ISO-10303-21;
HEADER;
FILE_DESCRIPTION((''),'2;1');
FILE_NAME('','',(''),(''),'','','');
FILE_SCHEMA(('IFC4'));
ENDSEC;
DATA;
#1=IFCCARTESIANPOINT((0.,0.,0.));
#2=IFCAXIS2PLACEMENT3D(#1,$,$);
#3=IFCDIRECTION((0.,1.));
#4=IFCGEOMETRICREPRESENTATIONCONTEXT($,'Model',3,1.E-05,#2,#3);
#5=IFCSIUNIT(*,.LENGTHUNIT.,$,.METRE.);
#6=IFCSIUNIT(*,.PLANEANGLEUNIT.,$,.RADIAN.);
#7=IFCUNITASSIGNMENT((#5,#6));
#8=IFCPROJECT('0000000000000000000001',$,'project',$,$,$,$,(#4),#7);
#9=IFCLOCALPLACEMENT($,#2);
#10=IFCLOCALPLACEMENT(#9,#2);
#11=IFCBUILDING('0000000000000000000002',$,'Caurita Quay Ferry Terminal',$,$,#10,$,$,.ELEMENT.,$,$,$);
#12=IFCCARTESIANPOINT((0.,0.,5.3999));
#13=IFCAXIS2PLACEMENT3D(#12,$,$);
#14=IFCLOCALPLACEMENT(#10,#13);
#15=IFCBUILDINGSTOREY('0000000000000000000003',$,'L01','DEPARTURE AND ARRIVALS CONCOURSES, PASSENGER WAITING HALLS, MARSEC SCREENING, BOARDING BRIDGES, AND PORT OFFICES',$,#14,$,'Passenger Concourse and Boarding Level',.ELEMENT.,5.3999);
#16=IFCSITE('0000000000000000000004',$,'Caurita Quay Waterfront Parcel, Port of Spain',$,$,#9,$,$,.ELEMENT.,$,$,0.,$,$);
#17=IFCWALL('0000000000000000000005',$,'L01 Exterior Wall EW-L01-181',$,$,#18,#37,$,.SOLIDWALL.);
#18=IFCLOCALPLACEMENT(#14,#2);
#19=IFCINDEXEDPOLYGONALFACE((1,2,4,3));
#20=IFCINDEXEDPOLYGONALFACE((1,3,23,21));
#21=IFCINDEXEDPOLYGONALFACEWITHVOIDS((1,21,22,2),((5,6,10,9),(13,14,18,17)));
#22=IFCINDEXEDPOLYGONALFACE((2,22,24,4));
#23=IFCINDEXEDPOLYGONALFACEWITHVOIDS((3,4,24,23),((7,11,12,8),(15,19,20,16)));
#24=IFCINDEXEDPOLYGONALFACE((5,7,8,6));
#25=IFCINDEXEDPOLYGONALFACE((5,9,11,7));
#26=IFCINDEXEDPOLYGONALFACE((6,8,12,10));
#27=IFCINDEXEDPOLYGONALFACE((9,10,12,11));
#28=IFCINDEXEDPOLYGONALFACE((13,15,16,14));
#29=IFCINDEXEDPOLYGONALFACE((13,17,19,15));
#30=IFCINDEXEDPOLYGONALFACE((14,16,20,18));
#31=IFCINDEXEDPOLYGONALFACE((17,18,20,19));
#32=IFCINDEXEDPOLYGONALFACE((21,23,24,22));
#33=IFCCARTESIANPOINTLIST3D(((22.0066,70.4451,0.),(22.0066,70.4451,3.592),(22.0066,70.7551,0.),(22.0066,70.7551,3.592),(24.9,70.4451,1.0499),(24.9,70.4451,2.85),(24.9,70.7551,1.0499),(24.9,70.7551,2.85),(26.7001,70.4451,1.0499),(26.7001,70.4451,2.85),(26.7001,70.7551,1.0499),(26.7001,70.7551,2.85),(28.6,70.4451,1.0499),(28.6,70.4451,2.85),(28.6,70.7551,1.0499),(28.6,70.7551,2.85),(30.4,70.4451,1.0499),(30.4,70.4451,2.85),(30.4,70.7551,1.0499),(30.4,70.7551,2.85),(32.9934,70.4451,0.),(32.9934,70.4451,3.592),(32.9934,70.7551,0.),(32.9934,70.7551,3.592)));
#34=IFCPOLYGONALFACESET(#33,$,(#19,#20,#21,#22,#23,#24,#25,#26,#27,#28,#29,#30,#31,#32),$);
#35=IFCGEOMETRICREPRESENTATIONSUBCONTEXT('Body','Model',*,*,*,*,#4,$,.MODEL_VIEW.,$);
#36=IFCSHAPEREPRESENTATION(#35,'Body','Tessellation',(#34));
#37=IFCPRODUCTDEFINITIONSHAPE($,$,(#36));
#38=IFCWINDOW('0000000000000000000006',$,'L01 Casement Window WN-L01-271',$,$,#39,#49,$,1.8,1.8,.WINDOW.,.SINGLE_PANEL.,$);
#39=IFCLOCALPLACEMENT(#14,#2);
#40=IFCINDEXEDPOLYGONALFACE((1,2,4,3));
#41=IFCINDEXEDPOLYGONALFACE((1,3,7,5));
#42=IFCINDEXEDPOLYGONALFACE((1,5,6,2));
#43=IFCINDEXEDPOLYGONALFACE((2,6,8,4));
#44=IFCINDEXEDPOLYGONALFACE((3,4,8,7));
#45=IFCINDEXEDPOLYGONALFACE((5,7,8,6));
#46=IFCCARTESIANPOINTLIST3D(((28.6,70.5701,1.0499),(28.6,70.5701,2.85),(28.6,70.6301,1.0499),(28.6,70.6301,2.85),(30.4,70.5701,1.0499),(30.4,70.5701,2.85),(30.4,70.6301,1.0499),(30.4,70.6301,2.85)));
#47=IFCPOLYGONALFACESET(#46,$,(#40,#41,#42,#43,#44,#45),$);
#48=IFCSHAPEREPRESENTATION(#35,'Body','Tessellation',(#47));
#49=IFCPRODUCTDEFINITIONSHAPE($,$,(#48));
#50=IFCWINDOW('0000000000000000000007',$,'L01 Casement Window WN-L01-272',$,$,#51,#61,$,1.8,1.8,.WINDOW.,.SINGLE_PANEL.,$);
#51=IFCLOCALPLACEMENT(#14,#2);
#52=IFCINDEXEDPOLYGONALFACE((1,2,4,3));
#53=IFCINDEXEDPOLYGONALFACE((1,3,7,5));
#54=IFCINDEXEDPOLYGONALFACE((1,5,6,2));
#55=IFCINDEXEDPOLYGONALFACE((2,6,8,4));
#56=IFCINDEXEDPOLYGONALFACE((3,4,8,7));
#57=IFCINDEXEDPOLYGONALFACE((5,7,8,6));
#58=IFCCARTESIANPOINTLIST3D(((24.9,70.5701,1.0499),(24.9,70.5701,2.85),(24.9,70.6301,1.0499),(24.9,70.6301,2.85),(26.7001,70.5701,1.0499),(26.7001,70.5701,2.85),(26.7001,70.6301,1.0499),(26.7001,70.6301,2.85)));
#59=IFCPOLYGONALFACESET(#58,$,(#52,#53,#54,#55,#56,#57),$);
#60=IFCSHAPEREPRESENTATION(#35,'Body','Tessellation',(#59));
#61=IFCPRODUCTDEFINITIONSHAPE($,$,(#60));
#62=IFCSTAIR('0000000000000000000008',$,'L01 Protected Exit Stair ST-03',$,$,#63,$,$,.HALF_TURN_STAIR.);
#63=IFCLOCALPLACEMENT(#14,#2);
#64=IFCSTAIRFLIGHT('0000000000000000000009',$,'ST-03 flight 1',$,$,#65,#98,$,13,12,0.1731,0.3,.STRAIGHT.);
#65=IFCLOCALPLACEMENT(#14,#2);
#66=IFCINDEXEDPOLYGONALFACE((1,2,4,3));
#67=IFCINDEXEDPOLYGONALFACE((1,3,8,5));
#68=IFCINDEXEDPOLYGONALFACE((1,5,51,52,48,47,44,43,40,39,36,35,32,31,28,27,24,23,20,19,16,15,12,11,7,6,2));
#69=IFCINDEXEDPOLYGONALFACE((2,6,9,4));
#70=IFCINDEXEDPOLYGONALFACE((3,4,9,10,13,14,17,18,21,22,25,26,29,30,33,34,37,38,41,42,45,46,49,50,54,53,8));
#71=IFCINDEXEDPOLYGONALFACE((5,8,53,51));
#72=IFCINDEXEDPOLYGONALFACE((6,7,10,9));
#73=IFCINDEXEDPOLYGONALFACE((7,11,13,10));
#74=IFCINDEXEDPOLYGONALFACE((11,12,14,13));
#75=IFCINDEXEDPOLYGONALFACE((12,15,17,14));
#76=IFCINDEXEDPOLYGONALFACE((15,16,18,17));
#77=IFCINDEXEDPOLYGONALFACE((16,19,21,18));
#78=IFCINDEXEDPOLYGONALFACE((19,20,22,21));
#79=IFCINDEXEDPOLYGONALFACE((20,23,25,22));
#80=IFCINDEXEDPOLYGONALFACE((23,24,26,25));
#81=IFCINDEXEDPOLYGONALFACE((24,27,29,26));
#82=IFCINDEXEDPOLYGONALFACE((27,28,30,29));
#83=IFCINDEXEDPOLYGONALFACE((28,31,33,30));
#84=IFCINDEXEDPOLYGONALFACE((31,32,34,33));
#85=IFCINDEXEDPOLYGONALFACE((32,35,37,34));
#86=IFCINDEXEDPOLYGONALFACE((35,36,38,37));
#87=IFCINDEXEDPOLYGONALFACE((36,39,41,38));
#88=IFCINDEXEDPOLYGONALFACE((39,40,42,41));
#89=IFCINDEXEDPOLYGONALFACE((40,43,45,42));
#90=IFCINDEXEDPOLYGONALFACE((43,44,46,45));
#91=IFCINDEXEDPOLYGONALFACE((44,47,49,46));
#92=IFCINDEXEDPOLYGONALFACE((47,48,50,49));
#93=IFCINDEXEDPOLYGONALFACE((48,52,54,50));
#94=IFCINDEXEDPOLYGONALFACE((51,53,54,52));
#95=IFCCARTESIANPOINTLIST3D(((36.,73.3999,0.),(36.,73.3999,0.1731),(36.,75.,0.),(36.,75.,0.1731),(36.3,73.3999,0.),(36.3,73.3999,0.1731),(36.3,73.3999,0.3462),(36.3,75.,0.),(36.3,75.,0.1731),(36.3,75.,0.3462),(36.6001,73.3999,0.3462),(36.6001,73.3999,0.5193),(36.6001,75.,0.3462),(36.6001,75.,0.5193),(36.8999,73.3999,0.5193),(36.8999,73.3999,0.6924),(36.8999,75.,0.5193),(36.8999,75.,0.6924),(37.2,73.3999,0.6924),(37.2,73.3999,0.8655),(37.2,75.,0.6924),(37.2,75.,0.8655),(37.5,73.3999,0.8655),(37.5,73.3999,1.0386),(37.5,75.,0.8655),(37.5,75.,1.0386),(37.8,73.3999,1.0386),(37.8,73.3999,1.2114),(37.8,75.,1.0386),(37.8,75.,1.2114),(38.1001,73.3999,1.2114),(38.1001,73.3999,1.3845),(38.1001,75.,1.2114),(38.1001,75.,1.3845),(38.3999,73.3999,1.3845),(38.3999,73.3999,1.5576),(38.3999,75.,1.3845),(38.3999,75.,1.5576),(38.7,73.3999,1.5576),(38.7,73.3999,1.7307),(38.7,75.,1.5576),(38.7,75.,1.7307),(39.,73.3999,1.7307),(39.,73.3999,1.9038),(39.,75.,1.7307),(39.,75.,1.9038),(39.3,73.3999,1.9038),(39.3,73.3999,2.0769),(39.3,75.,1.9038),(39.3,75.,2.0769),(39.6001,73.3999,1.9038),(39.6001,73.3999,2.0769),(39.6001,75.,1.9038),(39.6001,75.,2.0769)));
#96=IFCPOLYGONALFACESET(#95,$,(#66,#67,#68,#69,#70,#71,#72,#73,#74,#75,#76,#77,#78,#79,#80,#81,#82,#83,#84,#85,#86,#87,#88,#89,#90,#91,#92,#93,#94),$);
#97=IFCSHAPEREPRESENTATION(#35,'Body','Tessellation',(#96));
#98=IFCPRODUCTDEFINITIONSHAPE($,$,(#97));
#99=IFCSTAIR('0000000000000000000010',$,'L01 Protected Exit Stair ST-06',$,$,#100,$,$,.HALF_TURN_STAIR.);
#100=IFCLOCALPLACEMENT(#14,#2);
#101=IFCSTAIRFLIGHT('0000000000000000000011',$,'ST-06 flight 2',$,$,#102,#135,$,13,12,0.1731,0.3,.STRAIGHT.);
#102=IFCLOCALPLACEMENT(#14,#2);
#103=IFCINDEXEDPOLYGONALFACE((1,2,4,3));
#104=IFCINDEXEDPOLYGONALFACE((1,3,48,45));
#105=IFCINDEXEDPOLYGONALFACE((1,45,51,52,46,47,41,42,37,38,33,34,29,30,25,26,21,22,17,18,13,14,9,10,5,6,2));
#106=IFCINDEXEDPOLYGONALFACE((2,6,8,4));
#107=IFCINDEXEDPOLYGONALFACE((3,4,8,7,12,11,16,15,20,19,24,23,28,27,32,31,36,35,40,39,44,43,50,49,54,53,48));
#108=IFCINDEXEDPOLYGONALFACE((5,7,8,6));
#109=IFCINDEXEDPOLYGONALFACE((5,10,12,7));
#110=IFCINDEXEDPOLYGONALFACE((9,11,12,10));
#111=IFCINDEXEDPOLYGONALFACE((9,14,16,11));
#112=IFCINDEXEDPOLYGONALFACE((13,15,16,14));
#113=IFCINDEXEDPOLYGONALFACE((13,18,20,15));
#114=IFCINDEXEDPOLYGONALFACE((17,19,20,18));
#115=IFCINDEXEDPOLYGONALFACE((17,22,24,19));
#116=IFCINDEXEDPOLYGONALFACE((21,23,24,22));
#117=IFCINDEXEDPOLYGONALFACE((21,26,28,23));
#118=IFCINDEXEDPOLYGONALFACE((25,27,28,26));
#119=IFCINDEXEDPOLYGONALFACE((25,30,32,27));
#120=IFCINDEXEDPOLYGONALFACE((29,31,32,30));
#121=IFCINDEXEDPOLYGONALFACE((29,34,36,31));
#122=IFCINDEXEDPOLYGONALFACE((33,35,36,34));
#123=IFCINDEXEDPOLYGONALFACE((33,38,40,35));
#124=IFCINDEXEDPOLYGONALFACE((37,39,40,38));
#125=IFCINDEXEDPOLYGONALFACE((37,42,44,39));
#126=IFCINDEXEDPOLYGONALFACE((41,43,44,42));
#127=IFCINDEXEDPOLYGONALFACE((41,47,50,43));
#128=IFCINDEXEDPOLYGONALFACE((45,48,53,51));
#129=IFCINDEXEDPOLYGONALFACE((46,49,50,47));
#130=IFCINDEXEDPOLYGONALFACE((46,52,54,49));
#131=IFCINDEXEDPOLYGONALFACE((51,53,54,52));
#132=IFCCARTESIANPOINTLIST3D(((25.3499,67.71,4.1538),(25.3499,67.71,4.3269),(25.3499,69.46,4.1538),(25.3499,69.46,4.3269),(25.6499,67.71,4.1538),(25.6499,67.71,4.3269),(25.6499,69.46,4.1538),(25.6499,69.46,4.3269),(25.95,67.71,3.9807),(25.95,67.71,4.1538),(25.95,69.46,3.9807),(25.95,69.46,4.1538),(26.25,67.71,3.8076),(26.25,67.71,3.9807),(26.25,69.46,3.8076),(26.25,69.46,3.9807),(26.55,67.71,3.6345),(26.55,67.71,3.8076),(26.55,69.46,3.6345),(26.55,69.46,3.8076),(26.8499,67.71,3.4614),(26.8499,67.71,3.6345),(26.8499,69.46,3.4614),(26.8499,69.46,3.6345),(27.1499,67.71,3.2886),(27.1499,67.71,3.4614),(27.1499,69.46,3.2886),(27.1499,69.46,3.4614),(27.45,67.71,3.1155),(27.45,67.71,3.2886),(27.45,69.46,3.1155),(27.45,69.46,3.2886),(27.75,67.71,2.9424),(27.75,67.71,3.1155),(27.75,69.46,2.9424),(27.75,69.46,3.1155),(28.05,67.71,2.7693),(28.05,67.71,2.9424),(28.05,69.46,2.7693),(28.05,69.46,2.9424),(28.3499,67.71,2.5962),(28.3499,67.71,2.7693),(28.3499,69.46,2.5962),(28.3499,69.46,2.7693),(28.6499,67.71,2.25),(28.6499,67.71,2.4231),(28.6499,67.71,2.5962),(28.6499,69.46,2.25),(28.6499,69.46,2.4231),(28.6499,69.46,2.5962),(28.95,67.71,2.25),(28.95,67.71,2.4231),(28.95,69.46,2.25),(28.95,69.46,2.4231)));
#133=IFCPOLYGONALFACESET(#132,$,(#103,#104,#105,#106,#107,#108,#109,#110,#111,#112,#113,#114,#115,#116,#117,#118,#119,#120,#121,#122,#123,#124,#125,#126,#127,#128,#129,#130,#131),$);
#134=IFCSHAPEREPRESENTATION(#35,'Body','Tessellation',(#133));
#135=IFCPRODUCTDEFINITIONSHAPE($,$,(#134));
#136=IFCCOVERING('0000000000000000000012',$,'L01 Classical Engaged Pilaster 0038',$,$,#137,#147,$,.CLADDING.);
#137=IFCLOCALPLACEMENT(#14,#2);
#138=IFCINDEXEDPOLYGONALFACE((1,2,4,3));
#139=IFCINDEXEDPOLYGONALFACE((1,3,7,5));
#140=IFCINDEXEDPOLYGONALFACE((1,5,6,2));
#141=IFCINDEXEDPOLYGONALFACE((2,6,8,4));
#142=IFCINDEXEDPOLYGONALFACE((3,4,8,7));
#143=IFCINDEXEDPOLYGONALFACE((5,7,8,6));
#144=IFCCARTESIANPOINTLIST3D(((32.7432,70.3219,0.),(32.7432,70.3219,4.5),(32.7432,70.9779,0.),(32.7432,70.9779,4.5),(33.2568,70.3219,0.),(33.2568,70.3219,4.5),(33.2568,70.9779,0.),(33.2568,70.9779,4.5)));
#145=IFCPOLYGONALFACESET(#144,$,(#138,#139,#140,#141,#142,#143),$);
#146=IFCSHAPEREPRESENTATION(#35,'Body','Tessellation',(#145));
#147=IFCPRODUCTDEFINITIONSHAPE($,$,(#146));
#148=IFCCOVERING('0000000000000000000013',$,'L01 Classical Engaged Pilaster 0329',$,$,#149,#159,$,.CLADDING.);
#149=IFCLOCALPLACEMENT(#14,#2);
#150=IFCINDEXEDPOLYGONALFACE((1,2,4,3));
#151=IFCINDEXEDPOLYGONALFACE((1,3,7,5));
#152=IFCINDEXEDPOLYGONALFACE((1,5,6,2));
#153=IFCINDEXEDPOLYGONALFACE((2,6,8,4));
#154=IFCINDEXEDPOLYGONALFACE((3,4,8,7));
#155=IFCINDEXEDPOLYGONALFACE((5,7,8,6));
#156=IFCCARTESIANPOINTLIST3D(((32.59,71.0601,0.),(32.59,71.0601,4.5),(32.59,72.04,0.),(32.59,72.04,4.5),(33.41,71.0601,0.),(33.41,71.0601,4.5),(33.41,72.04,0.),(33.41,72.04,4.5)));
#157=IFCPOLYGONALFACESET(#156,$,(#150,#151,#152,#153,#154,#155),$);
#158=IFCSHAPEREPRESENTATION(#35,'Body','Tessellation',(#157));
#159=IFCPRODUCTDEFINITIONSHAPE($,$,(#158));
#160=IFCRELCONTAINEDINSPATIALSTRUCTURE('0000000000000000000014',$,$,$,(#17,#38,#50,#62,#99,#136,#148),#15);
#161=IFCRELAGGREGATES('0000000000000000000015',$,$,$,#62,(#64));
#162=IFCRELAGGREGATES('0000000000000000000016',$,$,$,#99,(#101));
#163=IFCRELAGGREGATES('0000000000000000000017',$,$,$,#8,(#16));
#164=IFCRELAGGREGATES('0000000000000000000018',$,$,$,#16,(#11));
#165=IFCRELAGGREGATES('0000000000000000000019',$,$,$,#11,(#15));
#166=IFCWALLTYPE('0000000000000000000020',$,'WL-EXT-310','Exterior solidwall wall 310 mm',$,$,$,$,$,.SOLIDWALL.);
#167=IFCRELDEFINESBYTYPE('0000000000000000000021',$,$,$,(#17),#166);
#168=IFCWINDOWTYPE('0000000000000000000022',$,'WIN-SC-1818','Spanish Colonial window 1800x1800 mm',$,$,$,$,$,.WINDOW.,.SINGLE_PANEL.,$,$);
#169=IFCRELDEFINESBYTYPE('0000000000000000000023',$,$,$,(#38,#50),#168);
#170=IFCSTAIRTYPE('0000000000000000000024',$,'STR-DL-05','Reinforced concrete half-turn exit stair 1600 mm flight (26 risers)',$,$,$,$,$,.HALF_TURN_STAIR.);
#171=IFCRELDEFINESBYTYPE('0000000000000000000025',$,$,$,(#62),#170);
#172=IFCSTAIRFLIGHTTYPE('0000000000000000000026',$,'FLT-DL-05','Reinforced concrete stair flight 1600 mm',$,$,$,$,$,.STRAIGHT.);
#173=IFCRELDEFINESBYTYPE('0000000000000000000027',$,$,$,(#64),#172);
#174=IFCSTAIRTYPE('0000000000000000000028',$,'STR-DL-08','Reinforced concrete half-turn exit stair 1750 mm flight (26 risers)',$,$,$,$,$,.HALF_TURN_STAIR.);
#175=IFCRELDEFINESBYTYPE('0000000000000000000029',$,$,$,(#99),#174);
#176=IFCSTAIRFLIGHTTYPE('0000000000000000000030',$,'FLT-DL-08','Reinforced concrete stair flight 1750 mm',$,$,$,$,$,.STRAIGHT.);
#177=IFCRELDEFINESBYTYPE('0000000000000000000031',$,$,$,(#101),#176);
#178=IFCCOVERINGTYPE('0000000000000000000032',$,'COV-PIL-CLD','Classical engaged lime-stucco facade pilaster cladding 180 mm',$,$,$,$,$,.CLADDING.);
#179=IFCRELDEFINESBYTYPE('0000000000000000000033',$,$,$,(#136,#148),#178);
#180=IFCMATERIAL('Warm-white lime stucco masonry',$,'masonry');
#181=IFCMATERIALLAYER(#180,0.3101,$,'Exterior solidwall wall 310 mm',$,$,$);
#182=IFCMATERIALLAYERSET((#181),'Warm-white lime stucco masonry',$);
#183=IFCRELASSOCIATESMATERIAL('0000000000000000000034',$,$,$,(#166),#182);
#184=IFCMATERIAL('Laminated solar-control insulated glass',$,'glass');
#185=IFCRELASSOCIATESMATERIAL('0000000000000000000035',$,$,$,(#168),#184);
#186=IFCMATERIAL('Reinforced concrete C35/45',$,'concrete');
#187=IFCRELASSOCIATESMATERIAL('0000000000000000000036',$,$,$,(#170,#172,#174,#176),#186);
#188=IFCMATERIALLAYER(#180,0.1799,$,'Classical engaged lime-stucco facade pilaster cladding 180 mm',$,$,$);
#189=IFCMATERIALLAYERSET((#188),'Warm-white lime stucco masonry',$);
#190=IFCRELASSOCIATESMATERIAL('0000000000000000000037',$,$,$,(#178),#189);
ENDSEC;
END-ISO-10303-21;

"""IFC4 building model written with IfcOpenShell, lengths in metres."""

from ifc_helpers import new_model, si_unit, direction, frame, frame_2d, origin, origin_2d, place, context, subcontext, project, spatial, polyline, rectangle, outline, extrude, material, layer, layer_set, type_object, element, fill, aggregate, save


model = new_model("IFC4")

# Units and contexts
model_context = context("Model", 3, precision=1e-05, world=origin(), true_north=direction((0.0, 1.0)))
body_context = subcontext(model_context, "Body", "Model", "MODEL_VIEW")
ifc_project = project(units=[si_unit("LENGTHUNIT", "METRE"), si_unit("PLANEANGLEUNIT", "RADIAN")], contexts=[model_context])

# Site, building, storey
site_placement = place(None, origin())
site = spatial("IfcSite", under=ifc_project, at=site_placement, Name="Caurita Quay Waterfront Parcel, Port of Spain", CompositionType="ELEMENT", RefElevation=0.0)
building_placement = place(site_placement, origin())
building = spatial("IfcBuilding", under=site, at=building_placement, Name="Caurita Quay Ferry Terminal", CompositionType="ELEMENT")
storey_placement = place(building_placement, frame((0.0, 0.0, 5.3999)))
storey = spatial("IfcBuildingStorey", under=building, at=storey_placement, Name="L01", Description="DEPARTURE AND ARRIVALS CONCOURSES, PASSENGER WAITING HALLS, MARSEC SCREENING, BOARDING BRIDGES, AND PORT OFFICES", LongName="Passenger Concourse and Boarding Level", CompositionType="ELEMENT", Elevation=5.3999)

# Shared definitions
ifc_material_1 = material(Name="Reinforced concrete C35/45", Category="concrete")

# Wall, openings, windows
ifc_material_2 = material(Name="Warm-white lime stucco masonry", Category="masonry")
ifc_layer_1 = layer(ifc_material_2, 0.3101, Name="Exterior solidwall wall 310 mm")
ifc_layer_set_1 = layer_set([ifc_layer_1], Name="Warm-white lime stucco masonry")
wall_type_1 = type_object("IfcWallType", Name="WL-EXT-310", Description="Exterior solidwall wall 310 mm", PredefinedType="SOLIDWALL", material=ifc_layer_set_1)
ifc_material_3 = material(Name="Laminated solar-control insulated glass", Category="glass")
wall_1_placement = place(storey_placement, frame((32.9934, 70.6001, 0.0), z_axis=(0.0, 0.0, 1.0), x_axis=(-1.0, 0.0, 0.0)))
wall_1 = element("IfcWall", 1, at=wall_1_placement, inside=storey, type_object=wall_type_1, Name="L01 Exterior Wall EW-L01-181", PredefinedType="SOLIDWALL", context=body_context, shape_type="SweptSolid", body=[
    extrude(rectangle(XDim=10.9868, YDim=0.3101, at=frame_2d((5.4934, 0.0))), origin(), (0.0, 0.0, 1.0), 3.592),
])
opening_1_placement = place(wall_1_placement, frame((2.5935, 0.0, 1.05)))
opening_1 = element("IfcOpeningElement", 2, at=opening_1_placement, cuts=wall_1, PredefinedType="OPENING", context=body_context, shape_type="SweptSolid", body=[
    extrude(rectangle(XDim=1.8, YDim=1.8, at=frame_2d((0.8999, 0.8999))), frame((0.0, 0.165, 0.0), z_axis=(0.0, -1.0, 0.0), x_axis=(1.0, 0.0, 0.0)), (0.0, 0.0, 1.0), 0.3301),
])
opening_2_placement = place(wall_1_placement, frame((6.2935, 0.0, 1.05)))
opening_2 = element("IfcOpeningElement", 3, at=opening_2_placement, cuts=wall_1, PredefinedType="OPENING", context=body_context, shape_type="SweptSolid", body=[
    extrude(rectangle(XDim=1.8, YDim=1.8, at=frame_2d((0.8999, 0.8999))), frame((0.0, 0.165, 0.0), z_axis=(0.0, -1.0, 0.0), x_axis=(1.0, 0.0, 0.0)), (0.0, 0.0, 1.0), 0.3301),
])
window_type_1 = type_object("IfcWindowType", Name="WIN-SC-1818", Description="Spanish Colonial window 1800x1800 mm", PartitioningType="SINGLE_PANEL", PredefinedType="WINDOW", material=ifc_material_3)
window_1_placement = place(opening_1_placement, origin())
window_1 = element("IfcWindow", 4, at=window_1_placement, inside=storey, type_object=window_type_1, Name="L01 Casement Window WN-L01-271", OverallHeight=1.8, OverallWidth=1.8, PartitioningType="SINGLE_PANEL", PredefinedType="WINDOW", context=body_context, shape_type="SweptSolid", body=[
    extrude(rectangle(XDim=1.8, YDim=1.8, at=frame_2d((0.8999, 0.8999))), frame((0.0, 0.03, 0.0), z_axis=(0.0, -1.0, 0.0), x_axis=(1.0, 0.0, 0.0)), (0.0, 0.0, 1.0), 0.0601),
])
fill(opening_1, window_1)
window_2_placement = place(opening_2_placement, origin())
window_2 = element("IfcWindow", 5, at=window_2_placement, inside=storey, type_object=window_type_1, Name="L01 Casement Window WN-L01-272", OverallHeight=1.8, OverallWidth=1.8, PartitioningType="SINGLE_PANEL", PredefinedType="WINDOW", context=body_context, shape_type="SweptSolid", body=[
    extrude(rectangle(XDim=1.8, YDim=1.8, at=frame_2d((0.8999, 0.8999))), frame((0.0, 0.03, 0.0), z_axis=(0.0, -1.0, 0.0), x_axis=(1.0, 0.0, 0.0)), (0.0, 0.0, 1.0), 0.0601),
])
fill(opening_2, window_2)

# Stairs, stair flights
stair_type_1 = type_object("IfcStairType", Name="STR-DL-05", Description="Reinforced concrete half-turn exit stair 1600 mm flight (26 risers)", PredefinedType="HALF_TURN_STAIR", material=ifc_material_1)
stair_1_placement = place(storey_placement, origin())
stair_1 = element("IfcStair", 6, at=stair_1_placement, inside=storey, type_object=stair_type_1, Name="L01 Protected Exit Stair ST-03", PredefinedType="HALF_TURN_STAIR")
stair_flight_type_1 = type_object("IfcStairFlightType", Name="FLT-DL-05", Description="Reinforced concrete stair flight 1600 mm", PredefinedType="STRAIGHT", material=ifc_material_1)
stair_flight_1_placement = place(storey_placement, frame((36.0, 74.2, 0.0), z_axis=(0.0, 0.0, 1.0), x_axis=(1.0, 0.0, 0.0)))
stair_flight_1 = element("IfcStairFlight", 7, at=stair_flight_1_placement, type_object=stair_flight_type_1, Name="ST-03 flight 1", NumberOfRisers=13, NumberOfTreads=12, PredefinedType="STRAIGHT", RiserHeight=0.1731, TreadLength=0.3, context=body_context, shape_type="SweptSolid", body=[
    extrude(outline(polyline([(0.0, 0.0), (0.0, 0.1731), (0.3, 0.1731), (0.3, 0.3462), (0.6001, 0.3462), (0.6001, 0.5193), (0.8999, 0.5193), (0.8999, 0.6924), (1.2, 0.6924), (1.2, 0.8655), (1.5, 0.8655), (1.5, 1.0386), (1.8, 1.0386), (1.8, 1.2114), (2.1001, 1.2114), (2.1001, 1.3845), (2.3999, 1.3845), (2.3999, 1.5576), (2.7, 1.5576), (2.7, 1.7307), (3.0, 1.7307), (3.0, 1.9038), (3.3, 1.9038), (3.3, 2.0769), (3.6001, 2.0769), (3.6001, 2.25), (3.6001, 1.9038), (0.3, 0.0), (0.0, 0.0)])), frame((0.0, 0.8, 0.0), z_axis=(0.0, -1.0, 0.0), x_axis=(1.0, 0.0, 0.0)), (0.0, 0.0, 1.0), 1.6001),
])
aggregate(stair_1, [stair_flight_1])
stair_type_2 = type_object("IfcStairType", Name="STR-DL-08", Description="Reinforced concrete half-turn exit stair 1750 mm flight (26 risers)", PredefinedType="HALF_TURN_STAIR", material=ifc_material_1)
stair_2_placement = place(storey_placement, origin())
stair_2 = element("IfcStair", 8, at=stair_2_placement, inside=storey, type_object=stair_type_2, Name="L01 Protected Exit Stair ST-06", PredefinedType="HALF_TURN_STAIR")
stair_flight_type_2 = type_object("IfcStairFlightType", Name="FLT-DL-08", Description="Reinforced concrete stair flight 1750 mm", PredefinedType="STRAIGHT", material=ifc_material_1)
stair_flight_2_placement = place(storey_placement, frame((28.95, 68.585, 2.25), z_axis=(0.0, 0.0, 1.0), x_axis=(-1.0, 0.0, 0.0)))
stair_flight_2 = element("IfcStairFlight", 9, at=stair_flight_2_placement, type_object=stair_flight_type_2, Name="ST-06 flight 2", NumberOfRisers=13, NumberOfTreads=12, PredefinedType="STRAIGHT", RiserHeight=0.1731, TreadLength=0.3, context=body_context, shape_type="SweptSolid", body=[
    extrude(outline(polyline([(0.0, 0.0), (0.0, 0.1731), (0.3, 0.1731), (0.3, 0.3462), (0.6001, 0.3462), (0.6001, 0.5193), (0.8999, 0.5193), (0.8999, 0.6924), (1.2, 0.6924), (1.2, 0.8655), (1.5, 0.8655), (1.5, 1.0386), (1.8, 1.0386), (1.8, 1.2114), (2.1001, 1.2114), (2.1001, 1.3845), (2.3999, 1.3845), (2.3999, 1.5576), (2.7, 1.5576), (2.7, 1.7307), (3.0, 1.7307), (3.0, 1.9038), (3.3, 1.9038), (3.3, 2.0769), (3.6001, 2.0769), (3.6001, 2.25), (3.6001, 1.9038), (0.3, 0.0), (0.0, 0.0)])), frame((0.0, 0.875, 0.0), z_axis=(0.0, -1.0, 0.0), x_axis=(1.0, 0.0, 0.0)), (0.0, 0.0, 1.0), 1.75),
])
aggregate(stair_2, [stair_flight_2])

# Coverings
ifc_layer_2 = layer(ifc_material_2, 0.1799, Name="Classical engaged lime-stucco facade pilaster cladding 180 mm")
ifc_layer_set_2 = layer_set([ifc_layer_2], Name="Warm-white lime stucco masonry")
covering_type_1 = type_object("IfcCoveringType", Name="COV-PIL-CLD", Description="Classical engaged lime-stucco facade pilaster cladding 180 mm", PredefinedType="CLADDING", material=ifc_layer_set_2)
covering_1_placement = place(storey_placement, frame((33.0, 70.6499, 0.0), z_axis=(0.0, 0.0, 1.0), x_axis=(1.0, 0.0, 0.0)))
element("IfcCovering", 10, at=covering_1_placement, inside=storey, type_object=covering_type_1, Name="L01 Classical Engaged Pilaster 0038", PredefinedType="CLADDING", context=body_context, shape_type="SweptSolid", body=[
    extrude(rectangle(XDim=0.5137, YDim=0.656, at=origin_2d()), origin(), (0.0, 0.0, 1.0), 4.5),
])
covering_2_placement = place(storey_placement, frame((33.0, 71.55, 0.0), z_axis=(0.0, 0.0, 1.0), x_axis=(1.0, 0.0, 0.0)))
element("IfcCovering", 11, at=covering_2_placement, inside=storey, type_object=covering_type_1, Name="L01 Classical Engaged Pilaster 0329", PredefinedType="CLADDING", context=body_context, shape_type="SweptSolid", body=[
    extrude(rectangle(XDim=0.8201, YDim=0.98, at=origin_2d()), origin(), (0.0, 0.0, 1.0), 4.5),
])

save(model, "model.ifc")
